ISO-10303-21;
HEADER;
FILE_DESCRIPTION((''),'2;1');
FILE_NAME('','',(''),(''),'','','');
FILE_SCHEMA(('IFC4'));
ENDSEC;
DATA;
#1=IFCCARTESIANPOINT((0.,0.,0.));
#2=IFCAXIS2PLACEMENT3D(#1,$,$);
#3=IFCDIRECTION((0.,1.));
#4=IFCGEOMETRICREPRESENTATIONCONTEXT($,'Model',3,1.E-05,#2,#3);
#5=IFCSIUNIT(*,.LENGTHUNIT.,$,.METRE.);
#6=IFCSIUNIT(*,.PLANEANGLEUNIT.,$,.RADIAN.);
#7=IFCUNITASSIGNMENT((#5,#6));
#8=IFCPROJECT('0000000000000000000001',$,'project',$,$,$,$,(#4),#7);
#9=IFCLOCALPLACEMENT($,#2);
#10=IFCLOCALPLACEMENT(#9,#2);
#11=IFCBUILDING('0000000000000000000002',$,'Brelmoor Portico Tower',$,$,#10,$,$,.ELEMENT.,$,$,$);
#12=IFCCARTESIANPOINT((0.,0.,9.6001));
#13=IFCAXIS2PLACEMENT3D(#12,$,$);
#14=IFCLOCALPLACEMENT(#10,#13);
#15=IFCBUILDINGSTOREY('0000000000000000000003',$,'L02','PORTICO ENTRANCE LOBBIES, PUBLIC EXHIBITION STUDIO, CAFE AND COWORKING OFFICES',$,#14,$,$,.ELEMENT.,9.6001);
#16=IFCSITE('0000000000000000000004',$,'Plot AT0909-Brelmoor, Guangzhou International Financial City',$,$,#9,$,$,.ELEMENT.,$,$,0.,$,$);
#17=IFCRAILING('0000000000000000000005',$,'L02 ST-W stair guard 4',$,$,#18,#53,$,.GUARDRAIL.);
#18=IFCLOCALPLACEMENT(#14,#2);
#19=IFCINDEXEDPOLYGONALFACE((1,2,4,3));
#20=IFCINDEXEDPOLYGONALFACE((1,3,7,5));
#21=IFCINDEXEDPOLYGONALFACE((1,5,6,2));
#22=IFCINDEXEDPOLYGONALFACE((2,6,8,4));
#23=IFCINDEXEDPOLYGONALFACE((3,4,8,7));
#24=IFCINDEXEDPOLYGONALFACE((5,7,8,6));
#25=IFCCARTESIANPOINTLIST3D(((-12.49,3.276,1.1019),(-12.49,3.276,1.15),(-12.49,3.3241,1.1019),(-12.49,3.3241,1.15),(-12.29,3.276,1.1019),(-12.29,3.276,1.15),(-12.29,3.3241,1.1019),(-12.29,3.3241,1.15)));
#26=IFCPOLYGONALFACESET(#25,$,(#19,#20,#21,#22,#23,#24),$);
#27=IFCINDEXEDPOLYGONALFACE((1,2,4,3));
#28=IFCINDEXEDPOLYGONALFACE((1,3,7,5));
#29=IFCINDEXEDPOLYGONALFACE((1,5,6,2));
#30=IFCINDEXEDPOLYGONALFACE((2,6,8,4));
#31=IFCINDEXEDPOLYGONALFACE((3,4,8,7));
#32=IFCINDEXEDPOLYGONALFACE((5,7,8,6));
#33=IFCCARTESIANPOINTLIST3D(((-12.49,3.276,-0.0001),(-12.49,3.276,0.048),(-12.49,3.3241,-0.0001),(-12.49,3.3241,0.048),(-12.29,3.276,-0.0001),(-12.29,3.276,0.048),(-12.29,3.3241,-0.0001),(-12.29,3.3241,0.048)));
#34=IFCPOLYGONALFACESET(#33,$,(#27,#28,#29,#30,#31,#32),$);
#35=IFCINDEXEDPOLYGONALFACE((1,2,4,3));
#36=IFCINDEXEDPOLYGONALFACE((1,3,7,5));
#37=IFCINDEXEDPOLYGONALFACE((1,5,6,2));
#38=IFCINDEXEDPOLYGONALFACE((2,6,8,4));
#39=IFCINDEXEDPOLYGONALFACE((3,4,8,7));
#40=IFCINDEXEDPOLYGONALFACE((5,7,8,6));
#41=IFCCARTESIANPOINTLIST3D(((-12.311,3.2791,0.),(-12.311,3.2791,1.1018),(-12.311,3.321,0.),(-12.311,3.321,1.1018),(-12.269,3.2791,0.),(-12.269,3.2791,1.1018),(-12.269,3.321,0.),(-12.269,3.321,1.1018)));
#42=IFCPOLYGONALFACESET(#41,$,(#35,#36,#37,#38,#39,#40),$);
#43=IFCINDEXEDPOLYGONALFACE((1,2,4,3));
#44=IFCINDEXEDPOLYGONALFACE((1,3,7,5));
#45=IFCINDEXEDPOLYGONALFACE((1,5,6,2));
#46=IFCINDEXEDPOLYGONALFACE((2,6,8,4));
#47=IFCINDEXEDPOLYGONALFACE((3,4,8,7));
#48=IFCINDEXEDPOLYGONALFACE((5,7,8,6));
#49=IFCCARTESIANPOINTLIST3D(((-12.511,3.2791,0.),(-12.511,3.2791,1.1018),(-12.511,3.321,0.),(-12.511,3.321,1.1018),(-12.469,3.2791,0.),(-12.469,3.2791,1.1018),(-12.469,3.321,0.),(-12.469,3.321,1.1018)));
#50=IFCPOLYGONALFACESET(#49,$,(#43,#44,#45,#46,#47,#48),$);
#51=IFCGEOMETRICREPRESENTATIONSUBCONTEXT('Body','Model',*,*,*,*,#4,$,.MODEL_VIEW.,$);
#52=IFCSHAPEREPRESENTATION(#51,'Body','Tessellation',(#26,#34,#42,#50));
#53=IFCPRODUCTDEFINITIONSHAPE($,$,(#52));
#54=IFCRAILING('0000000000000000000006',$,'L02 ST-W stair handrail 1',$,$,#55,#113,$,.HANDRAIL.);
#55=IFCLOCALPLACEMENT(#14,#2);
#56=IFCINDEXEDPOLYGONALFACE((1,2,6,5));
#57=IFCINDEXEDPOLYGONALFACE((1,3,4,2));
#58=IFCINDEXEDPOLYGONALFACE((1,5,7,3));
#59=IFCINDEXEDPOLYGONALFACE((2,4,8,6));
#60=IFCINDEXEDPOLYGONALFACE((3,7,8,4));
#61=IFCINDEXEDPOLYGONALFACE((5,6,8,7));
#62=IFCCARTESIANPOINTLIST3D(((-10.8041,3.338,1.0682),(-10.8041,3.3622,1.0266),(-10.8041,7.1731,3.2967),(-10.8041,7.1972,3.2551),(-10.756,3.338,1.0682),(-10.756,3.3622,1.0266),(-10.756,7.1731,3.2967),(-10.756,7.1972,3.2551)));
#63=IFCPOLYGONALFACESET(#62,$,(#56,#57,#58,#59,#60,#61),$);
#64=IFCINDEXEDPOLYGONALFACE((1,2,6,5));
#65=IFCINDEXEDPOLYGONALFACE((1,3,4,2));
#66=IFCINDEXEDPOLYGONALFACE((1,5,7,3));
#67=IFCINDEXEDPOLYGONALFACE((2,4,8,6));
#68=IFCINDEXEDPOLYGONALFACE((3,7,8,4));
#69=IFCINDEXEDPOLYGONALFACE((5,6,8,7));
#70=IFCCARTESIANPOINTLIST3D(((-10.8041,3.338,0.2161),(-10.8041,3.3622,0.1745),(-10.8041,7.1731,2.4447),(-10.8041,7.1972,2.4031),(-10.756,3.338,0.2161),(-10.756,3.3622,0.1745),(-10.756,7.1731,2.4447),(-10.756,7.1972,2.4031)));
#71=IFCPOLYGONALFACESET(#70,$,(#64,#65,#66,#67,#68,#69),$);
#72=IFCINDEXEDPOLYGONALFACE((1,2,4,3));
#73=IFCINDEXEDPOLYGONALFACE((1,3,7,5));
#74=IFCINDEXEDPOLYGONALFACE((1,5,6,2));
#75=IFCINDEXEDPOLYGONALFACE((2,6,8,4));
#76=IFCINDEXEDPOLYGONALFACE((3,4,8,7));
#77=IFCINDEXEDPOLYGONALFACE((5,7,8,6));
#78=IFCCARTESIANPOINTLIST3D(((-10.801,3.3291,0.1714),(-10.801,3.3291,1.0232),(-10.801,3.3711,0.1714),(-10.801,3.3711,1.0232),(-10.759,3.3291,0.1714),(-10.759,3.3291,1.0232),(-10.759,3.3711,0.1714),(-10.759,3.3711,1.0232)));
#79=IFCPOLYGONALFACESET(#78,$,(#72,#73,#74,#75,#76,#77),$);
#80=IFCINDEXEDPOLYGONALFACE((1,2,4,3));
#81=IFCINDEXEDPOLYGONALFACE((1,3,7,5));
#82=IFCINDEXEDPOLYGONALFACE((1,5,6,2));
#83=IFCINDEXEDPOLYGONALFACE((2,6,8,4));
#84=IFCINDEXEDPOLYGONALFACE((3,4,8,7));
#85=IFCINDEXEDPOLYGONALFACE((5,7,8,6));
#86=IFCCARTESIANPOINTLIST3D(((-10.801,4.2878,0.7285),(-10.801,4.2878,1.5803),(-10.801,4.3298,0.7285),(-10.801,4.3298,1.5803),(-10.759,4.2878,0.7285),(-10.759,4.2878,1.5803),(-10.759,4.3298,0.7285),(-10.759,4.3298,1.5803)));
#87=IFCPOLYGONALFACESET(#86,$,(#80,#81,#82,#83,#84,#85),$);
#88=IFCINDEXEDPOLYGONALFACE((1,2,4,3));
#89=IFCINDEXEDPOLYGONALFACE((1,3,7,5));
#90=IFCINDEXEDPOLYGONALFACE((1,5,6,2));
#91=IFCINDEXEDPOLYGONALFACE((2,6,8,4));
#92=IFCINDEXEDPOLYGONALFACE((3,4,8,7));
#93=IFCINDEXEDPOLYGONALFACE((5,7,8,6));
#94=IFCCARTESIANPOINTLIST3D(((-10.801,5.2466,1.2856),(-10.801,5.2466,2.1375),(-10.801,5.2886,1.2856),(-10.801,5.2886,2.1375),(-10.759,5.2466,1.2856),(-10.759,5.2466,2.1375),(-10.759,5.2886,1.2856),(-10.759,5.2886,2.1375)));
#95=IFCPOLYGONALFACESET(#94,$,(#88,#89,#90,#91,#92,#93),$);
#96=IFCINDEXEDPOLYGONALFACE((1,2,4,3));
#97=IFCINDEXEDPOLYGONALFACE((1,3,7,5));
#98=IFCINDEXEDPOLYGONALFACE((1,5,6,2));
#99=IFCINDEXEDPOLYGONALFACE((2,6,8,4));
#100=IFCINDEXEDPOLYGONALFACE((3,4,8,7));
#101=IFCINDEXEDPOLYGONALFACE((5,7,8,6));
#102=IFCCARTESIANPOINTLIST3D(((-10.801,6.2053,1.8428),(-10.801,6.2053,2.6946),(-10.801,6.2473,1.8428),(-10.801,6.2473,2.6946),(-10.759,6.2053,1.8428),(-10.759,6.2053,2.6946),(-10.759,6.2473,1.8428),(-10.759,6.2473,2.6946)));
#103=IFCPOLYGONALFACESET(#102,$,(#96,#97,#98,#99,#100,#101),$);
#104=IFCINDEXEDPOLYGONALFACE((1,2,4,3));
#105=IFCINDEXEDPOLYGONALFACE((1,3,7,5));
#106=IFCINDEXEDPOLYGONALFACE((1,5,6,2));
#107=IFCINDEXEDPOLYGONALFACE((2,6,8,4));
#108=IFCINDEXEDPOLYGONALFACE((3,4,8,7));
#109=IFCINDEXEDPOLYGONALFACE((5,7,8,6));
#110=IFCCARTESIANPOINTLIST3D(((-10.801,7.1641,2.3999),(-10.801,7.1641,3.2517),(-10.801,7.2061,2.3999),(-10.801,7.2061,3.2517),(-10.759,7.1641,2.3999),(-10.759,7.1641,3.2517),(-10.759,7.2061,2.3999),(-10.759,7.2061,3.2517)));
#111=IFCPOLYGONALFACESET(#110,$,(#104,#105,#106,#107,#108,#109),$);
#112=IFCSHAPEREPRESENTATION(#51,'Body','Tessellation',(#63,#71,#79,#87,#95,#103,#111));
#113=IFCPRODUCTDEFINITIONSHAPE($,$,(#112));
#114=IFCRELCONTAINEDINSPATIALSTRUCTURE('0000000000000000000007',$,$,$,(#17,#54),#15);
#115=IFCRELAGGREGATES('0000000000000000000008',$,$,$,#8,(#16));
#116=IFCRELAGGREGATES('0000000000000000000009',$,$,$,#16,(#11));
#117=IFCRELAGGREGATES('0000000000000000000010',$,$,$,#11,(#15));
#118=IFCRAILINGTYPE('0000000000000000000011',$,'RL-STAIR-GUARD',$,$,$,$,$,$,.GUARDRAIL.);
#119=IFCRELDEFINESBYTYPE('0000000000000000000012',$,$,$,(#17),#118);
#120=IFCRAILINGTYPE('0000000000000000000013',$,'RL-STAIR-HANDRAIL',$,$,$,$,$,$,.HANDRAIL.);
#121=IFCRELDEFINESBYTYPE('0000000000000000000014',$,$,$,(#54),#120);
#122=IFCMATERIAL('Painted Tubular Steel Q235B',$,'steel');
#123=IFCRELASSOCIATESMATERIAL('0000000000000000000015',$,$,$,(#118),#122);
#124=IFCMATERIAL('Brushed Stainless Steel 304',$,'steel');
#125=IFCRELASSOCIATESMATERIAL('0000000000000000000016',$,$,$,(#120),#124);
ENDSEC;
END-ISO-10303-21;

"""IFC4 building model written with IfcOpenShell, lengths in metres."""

from ifc_helpers import new_model, si_unit, direction, frame, origin, origin_2d, place, context, subcontext, project, spatial, rectangle, extrude, material, type_object, element, save


model = new_model("IFC4")

# Units and contexts
model_context = context("Model", 3, precision=1e-05, world=origin(), true_north=direction((0.0, 1.0)))
body_context = subcontext(model_context, "Body", "Model", "MODEL_VIEW")
ifc_project = project(units=[si_unit("LENGTHUNIT", "METRE"), si_unit("PLANEANGLEUNIT", "RADIAN")], contexts=[model_context])

# Site, building, storey
site_placement = place(None, origin())
site = spatial("IfcSite", under=ifc_project, at=site_placement, Name="Plot AT0909-Brelmoor, Guangzhou International Financial City", CompositionType="ELEMENT", RefElevation=0.0)
building_placement = place(site_placement, origin())
building = spatial("IfcBuilding", under=site, at=building_placement, Name="Brelmoor Portico Tower", CompositionType="ELEMENT")
storey_placement = place(building_placement, frame((0.0, 0.0, 9.6001)))
storey = spatial("IfcBuildingStorey", under=building, at=storey_placement, Name="L02", Description="PORTICO ENTRANCE LOBBIES, PUBLIC EXHIBITION STUDIO, CAFE AND COWORKING OFFICES", CompositionType="ELEMENT", Elevation=9.6001)

# Railings
ifc_material_1 = material(Name="Painted Tubular Steel Q235B", Category="steel")
railing_type_1 = type_object("IfcRailingType", Name="RL-STAIR-GUARD", PredefinedType="GUARDRAIL", material=ifc_material_1)
railing_1_placement = place(storey_placement, frame((-12.29, 3.3, 0.0)))
element("IfcRailing", 1, at=railing_1_placement, inside=storey, type_object=railing_type_1, Name="L02 ST-W stair guard 4", PredefinedType="GUARDRAIL", context=body_context, shape_type="SweptSolid", body=[
    extrude(rectangle(XDim=0.0481, YDim=0.0481, at=origin_2d()), frame((0.0, 0.0, 1.126), z_axis=(-1.0, 0.0, 0.0), x_axis=(0.0, -1.0, 0.0)), (0.0, 0.0, 1.0), 0.2),
    extrude(rectangle(XDim=0.0481, YDim=0.0481, at=origin_2d()), frame((0.0, 0.0, 0.0239), z_axis=(-1.0, 0.0, 0.0), x_axis=(0.0, -1.0, 0.0)), (0.0, 0.0, 1.0), 0.2),
    extrude(rectangle(XDim=0.042, YDim=0.042, at=origin_2d()), origin(), (0.0, 0.0, 1.0), 1.1018),
    extrude(rectangle(XDim=0.042, YDim=0.042, at=origin_2d()), frame((-0.2, 0.0, 0.0)), (0.0, 0.0, 1.0), 1.1018),
])
ifc_material_2 = material(Name="Brushed Stainless Steel 304", Category="steel")
railing_type_2 = type_object("IfcRailingType", Name="RL-STAIR-HANDRAIL", PredefinedType="HANDRAIL", material=ifc_material_2)
railing_2_placement = place(storey_placement, frame((-10.78, 3.3501, 0.1714)))
element("IfcRailing", 2, at=railing_2_placement, inside=storey, type_object=railing_type_2, Name="L02 ST-W stair handrail 1", PredefinedType="HANDRAIL", context=body_context, shape_type="SweptSolid", body=[
    extrude(rectangle(XDim=0.0481, YDim=0.0481, at=origin_2d()), frame((0.0, 0.0, 0.876), z_axis=(0.0, 0.864616, 0.502433), x_axis=(-1.0, 0.0, 0.0)), (0.0, 0.0, 1.0), 4.4355),
    extrude(rectangle(XDim=0.0481, YDim=0.0481, at=origin_2d()), frame((0.0, 0.0, 0.0239), z_axis=(0.0, 0.864616, 0.502433), x_axis=(-1.0, 0.0, 0.0)), (0.0, 0.0, 1.0), 4.4355),
    extrude(rectangle(XDim=0.042, YDim=0.042, at=origin_2d()), origin(), (0.0, 0.0, 1.0), 0.8518),
    extrude(rectangle(XDim=0.042, YDim=0.042, at=origin_2d()), frame((0.0, 0.9587, 0.5571)), (0.0, 0.0, 1.0), 0.8518),
    extrude(rectangle(XDim=0.042, YDim=0.042, at=origin_2d()), frame((0.0, 1.9175, 1.1143)), (0.0, 0.0, 1.0), 0.8518),
    extrude(rectangle(XDim=0.042, YDim=0.042, at=origin_2d()), frame((0.0, 2.8762, 1.6714)), (0.0, 0.0, 1.0), 0.8518),
    extrude(rectangle(XDim=0.042, YDim=0.042, at=origin_2d()), frame((0.0, 3.835, 2.2285)), (0.0, 0.0, 1.0), 0.8518),
])

save(model, "model.ifc")
